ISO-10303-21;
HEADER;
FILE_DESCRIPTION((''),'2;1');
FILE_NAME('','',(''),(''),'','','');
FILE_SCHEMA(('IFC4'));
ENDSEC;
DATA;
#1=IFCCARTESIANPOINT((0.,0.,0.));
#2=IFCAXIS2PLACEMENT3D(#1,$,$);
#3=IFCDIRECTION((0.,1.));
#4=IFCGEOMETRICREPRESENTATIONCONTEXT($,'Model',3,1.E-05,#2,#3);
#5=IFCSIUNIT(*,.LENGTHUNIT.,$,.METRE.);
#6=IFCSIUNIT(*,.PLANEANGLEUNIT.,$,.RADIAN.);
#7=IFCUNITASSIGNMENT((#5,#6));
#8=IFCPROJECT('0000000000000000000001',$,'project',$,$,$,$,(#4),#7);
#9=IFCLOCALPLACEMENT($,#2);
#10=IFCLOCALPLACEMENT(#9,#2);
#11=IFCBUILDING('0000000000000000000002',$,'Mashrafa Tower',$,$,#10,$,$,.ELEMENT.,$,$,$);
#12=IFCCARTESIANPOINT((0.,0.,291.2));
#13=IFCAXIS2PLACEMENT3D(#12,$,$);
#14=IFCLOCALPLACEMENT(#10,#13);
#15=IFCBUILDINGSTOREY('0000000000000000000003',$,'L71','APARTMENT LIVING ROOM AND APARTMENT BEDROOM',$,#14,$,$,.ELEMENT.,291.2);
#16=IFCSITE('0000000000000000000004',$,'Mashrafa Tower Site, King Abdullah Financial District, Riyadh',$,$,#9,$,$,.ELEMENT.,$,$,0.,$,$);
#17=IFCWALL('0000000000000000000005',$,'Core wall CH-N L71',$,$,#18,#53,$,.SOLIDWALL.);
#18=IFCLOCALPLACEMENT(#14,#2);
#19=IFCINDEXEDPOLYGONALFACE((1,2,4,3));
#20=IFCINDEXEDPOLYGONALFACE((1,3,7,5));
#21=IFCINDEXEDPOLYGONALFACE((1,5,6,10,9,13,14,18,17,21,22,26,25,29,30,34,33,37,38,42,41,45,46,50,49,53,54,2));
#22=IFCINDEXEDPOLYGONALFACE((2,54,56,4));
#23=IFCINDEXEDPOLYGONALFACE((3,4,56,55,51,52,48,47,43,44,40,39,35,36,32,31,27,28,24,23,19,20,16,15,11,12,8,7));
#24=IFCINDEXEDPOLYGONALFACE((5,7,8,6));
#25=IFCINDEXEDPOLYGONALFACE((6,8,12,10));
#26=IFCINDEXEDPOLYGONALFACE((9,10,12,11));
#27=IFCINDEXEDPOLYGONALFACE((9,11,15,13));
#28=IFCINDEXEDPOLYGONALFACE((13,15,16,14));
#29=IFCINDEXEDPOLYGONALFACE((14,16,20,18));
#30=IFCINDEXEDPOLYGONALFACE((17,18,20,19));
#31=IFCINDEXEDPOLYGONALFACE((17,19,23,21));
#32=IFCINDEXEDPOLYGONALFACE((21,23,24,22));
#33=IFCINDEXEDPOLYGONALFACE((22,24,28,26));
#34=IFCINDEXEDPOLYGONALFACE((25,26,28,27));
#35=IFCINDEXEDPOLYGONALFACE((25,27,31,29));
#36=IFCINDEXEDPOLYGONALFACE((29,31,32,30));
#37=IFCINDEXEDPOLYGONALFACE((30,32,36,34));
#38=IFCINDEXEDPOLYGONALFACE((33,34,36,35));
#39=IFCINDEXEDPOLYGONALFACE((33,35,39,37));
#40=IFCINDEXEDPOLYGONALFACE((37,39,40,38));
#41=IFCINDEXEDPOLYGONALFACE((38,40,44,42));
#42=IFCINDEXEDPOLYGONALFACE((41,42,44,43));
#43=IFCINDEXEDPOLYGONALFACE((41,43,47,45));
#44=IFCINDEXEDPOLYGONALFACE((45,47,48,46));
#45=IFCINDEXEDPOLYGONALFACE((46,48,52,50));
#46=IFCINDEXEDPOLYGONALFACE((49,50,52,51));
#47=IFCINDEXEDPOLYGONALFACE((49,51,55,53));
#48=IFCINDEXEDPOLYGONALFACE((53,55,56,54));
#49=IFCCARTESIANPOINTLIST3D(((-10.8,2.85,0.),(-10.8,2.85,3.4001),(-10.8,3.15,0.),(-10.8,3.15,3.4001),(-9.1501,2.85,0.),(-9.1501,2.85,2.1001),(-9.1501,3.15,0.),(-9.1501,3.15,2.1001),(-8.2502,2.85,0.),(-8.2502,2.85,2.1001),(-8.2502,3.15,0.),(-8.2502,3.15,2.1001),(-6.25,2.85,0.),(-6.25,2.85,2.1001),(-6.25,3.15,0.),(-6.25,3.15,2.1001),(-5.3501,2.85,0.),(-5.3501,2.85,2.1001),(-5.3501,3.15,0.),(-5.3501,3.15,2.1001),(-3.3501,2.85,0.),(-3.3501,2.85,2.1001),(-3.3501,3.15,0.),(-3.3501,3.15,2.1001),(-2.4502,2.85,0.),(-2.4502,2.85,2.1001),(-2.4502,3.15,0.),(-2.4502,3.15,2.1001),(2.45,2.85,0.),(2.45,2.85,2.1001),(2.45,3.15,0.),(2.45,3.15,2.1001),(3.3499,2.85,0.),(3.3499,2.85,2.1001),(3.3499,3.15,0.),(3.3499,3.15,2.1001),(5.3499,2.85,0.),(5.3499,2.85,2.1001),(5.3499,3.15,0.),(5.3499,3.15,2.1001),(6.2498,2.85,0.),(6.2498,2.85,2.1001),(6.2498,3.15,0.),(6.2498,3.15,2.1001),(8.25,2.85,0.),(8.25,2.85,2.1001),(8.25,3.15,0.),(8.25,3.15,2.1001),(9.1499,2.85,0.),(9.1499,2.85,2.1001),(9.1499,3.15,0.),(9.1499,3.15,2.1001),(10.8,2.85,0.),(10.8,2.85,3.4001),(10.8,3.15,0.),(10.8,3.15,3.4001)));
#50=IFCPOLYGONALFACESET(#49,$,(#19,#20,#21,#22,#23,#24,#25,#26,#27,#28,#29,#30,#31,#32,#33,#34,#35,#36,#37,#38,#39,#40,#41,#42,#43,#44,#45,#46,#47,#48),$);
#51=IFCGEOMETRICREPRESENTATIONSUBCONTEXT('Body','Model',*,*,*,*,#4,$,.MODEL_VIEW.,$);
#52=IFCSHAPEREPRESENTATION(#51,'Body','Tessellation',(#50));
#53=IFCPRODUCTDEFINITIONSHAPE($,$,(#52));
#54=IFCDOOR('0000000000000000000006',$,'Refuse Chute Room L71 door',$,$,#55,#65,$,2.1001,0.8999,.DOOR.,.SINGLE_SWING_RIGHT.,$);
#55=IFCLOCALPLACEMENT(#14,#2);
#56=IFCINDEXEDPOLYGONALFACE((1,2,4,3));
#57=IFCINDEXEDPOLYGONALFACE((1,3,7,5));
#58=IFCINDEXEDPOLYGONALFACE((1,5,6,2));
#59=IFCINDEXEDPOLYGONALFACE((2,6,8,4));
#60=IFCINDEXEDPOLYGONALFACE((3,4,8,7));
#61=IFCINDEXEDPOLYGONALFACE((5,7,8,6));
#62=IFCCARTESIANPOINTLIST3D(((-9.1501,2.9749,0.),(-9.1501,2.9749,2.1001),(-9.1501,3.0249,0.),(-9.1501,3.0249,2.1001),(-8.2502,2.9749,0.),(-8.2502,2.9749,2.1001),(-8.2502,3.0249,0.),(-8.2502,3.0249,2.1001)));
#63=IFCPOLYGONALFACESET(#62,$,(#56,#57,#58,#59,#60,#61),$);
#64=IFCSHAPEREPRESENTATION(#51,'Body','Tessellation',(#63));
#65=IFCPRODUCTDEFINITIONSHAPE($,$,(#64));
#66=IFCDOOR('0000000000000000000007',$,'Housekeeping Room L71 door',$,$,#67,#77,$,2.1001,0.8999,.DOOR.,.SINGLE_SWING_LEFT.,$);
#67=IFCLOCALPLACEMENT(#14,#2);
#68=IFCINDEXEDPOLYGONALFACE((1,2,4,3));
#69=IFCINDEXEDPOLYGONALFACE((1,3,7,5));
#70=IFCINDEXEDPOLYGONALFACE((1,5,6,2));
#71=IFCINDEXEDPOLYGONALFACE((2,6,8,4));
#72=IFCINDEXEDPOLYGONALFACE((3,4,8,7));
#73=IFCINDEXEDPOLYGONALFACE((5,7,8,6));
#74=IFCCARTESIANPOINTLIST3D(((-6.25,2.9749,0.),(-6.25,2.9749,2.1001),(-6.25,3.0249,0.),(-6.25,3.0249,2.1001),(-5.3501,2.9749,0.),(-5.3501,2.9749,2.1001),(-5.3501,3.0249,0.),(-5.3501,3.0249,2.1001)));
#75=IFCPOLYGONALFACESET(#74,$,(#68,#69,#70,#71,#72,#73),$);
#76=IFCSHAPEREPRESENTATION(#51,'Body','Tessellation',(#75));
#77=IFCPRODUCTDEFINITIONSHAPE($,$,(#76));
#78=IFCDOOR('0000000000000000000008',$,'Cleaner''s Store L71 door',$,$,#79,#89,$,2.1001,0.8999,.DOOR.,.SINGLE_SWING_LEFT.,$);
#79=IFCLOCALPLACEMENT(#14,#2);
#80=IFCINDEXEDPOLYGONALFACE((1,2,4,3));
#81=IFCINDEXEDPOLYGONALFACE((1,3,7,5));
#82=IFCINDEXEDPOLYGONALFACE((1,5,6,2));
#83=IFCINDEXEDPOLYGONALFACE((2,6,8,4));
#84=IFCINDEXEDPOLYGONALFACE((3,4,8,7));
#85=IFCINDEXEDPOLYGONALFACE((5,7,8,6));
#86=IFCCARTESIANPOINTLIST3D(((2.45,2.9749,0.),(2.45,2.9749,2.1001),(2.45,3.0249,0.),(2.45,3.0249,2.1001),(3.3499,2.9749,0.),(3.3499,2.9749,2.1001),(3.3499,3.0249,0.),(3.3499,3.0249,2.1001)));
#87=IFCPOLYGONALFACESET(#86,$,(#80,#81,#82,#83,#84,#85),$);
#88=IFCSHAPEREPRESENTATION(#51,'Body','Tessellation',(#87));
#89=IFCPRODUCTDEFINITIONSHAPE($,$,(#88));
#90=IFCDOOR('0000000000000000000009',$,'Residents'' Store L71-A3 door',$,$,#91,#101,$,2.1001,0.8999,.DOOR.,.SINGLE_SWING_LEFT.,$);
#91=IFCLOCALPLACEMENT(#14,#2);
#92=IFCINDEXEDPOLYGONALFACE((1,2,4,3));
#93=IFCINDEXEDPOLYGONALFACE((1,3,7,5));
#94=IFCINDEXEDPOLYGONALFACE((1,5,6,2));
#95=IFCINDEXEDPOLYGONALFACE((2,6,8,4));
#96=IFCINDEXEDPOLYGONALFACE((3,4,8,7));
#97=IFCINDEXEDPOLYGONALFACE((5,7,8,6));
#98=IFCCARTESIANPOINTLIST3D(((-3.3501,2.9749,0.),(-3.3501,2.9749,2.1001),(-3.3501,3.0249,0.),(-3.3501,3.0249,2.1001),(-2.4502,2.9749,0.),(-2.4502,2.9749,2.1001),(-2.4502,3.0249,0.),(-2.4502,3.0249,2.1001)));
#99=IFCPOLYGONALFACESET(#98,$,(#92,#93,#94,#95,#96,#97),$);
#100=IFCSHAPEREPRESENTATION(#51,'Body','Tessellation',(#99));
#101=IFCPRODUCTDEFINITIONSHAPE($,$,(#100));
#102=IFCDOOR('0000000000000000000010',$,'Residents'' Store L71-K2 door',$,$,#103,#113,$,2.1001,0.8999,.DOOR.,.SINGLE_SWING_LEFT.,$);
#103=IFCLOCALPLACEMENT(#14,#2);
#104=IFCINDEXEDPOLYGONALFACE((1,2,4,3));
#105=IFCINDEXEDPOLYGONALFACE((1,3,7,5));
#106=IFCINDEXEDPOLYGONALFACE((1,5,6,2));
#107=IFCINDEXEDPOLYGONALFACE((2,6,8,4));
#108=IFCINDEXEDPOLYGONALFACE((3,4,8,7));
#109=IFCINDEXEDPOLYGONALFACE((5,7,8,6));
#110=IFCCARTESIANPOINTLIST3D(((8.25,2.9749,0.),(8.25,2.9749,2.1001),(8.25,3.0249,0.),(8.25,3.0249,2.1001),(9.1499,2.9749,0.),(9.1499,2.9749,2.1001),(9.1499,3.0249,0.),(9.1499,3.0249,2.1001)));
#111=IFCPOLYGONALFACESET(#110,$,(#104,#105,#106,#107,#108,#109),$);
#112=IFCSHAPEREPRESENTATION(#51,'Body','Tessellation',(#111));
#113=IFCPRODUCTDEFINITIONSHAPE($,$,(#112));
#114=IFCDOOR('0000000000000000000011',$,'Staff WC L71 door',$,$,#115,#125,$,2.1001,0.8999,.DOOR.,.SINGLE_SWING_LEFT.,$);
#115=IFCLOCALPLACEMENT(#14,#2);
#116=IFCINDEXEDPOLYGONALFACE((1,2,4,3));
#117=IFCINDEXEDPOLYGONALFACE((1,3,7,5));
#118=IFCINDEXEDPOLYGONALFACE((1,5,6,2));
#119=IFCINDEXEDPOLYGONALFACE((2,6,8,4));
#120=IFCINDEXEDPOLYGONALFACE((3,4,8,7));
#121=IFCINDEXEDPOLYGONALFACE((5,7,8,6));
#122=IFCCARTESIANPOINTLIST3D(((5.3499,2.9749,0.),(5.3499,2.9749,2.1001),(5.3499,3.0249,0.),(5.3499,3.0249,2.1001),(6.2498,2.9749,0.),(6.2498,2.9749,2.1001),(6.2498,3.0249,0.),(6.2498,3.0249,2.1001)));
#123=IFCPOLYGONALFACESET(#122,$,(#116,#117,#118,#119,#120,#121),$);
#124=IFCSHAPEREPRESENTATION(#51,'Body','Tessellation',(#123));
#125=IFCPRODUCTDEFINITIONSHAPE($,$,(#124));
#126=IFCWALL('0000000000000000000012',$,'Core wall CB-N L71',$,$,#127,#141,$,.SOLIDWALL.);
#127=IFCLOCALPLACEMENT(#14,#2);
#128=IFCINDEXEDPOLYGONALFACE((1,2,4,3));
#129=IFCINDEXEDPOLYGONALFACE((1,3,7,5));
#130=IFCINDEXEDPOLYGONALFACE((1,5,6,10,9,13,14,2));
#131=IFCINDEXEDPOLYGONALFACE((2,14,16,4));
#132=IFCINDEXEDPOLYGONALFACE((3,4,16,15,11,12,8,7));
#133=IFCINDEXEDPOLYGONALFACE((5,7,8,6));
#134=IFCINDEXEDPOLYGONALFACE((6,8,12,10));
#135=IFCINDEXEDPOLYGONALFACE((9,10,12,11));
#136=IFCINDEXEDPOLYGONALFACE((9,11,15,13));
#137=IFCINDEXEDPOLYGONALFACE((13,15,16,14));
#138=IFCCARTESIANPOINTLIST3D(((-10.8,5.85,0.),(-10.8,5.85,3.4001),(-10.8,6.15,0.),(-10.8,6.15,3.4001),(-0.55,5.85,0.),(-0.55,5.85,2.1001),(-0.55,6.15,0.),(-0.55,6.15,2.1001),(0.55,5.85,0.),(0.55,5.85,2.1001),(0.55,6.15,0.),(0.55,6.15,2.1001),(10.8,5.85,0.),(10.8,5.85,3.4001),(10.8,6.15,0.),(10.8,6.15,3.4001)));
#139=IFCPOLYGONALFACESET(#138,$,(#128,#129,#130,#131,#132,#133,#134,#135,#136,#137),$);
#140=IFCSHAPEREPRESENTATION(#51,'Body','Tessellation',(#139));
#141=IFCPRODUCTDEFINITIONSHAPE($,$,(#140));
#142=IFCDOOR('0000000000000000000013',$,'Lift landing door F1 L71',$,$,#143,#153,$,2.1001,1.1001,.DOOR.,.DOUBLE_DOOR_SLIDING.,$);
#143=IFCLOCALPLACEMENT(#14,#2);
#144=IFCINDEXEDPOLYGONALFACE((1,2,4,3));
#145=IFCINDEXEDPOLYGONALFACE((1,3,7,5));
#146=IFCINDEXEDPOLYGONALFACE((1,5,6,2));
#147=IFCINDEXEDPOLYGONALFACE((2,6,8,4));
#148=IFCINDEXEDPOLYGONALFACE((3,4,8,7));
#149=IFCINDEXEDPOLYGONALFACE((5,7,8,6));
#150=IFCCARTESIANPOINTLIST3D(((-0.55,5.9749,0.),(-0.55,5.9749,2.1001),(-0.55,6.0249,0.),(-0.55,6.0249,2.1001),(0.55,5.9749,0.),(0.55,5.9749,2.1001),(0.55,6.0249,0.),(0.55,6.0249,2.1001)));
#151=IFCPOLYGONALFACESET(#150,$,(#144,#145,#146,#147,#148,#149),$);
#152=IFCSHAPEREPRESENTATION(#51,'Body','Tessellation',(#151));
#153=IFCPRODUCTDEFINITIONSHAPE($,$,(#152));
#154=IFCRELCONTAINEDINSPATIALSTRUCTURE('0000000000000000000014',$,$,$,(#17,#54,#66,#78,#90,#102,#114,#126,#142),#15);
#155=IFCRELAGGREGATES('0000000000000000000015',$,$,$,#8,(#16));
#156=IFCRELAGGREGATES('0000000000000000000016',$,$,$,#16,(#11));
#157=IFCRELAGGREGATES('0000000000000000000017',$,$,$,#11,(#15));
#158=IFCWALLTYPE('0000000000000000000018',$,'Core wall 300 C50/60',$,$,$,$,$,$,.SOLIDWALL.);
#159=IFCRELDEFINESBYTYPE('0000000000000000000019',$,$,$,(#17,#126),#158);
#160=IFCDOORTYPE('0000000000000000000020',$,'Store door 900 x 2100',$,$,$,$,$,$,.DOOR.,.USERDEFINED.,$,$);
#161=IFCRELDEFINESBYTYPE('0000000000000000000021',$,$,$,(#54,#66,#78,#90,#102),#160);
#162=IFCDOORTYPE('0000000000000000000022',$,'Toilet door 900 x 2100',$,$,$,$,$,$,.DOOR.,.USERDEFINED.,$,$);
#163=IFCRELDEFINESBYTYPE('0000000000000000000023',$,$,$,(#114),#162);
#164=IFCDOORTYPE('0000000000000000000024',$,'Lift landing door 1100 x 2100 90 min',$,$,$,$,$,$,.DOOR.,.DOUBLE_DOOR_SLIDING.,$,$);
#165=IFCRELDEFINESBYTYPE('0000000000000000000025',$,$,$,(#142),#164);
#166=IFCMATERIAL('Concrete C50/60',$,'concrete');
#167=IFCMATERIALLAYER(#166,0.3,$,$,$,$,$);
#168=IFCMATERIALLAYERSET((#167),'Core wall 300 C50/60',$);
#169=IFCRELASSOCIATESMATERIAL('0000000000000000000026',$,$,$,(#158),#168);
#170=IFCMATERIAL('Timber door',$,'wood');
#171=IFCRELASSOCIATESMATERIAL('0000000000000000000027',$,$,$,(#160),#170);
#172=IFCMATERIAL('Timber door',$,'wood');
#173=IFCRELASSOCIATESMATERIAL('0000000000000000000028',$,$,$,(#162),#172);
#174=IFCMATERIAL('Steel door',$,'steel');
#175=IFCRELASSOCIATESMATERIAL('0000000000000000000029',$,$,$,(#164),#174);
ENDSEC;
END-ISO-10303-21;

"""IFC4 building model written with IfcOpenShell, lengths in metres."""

from ifc_helpers import new_model, si_unit, direction, frame, frame_2d, origin, place, context, subcontext, project, spatial, rectangle, extrude, material, layer, layer_set, type_object, element, fill, save


model = new_model("IFC4")

# Units and contexts
model_context = context("Model", 3, precision=1e-05, world=origin(), true_north=direction((0.0, 1.0)))
body_context = subcontext(model_context, "Body", "Model", "MODEL_VIEW")
ifc_project = project(units=[si_unit("LENGTHUNIT", "METRE"), si_unit("PLANEANGLEUNIT", "RADIAN")], contexts=[model_context])

# Site, building, storey
site_placement = place(None, origin())
site = spatial("IfcSite", under=ifc_project, at=site_placement, Name="Mashrafa Tower Site, King Abdullah Financial District, Riyadh", CompositionType="ELEMENT", RefElevation=0.0)
building_placement = place(site_placement, origin())
building = spatial("IfcBuilding", under=site, at=building_placement, Name="Mashrafa Tower", CompositionType="ELEMENT")
storey_placement = place(building_placement, frame((0.0, 0.0, 291.2)))
storey = spatial("IfcBuildingStorey", under=building, at=storey_placement, Name="L71", Description="APARTMENT LIVING ROOM AND APARTMENT BEDROOM", CompositionType="ELEMENT", Elevation=291.2)

# Wall, openings, doors
ifc_material_1 = material(Name="Concrete C50/60", Category="concrete")
ifc_layer_1 = layer(ifc_material_1, 0.3)
ifc_layer_set_1 = layer_set([ifc_layer_1], Name="Core wall 300 C50/60")
wall_type_1 = type_object("IfcWallType", Name="Core wall 300 C50/60", PredefinedType="SOLIDWALL", material=ifc_layer_set_1)
wall_1_placement = place(storey_placement, frame((-10.8, 3.0, 0.0), z_axis=(0.0, 0.0, 1.0), x_axis=(1.0, 0.0, 0.0)))
wall_1 = element("IfcWall", 1, at=wall_1_placement, inside=storey, type_object=wall_type_1, Name="Core wall CH-N L71", PredefinedType="SOLIDWALL", context=body_context, shape_type="SweptSolid", body=[
    extrude(rectangle(XDim=21.6001, YDim=0.3, at=frame_2d((10.8, 0.0))), origin(), (0.0, 0.0, 1.0), 3.4001),
])
opening_1_placement = place(wall_1_placement, frame((1.6499, 0.0, 0.0)))
opening_1 = element("IfcOpeningElement", 2, at=opening_1_placement, cuts=wall_1, PredefinedType="OPENING", context=body_context, shape_type="SweptSolid", body=[
    extrude(rectangle(XDim=0.8999, YDim=2.1001, at=frame_2d((0.45, 1.05))), frame((0.0, 0.1599, 0.0), z_axis=(0.0, -1.0, 0.0), x_axis=(1.0, 0.0, 0.0)), (0.0, 0.0, 1.0), 0.3201),
])
opening_2_placement = place(wall_1_placement, frame((4.55, 0.0, 0.0)))
opening_2 = element("IfcOpeningElement", 3, at=opening_2_placement, cuts=wall_1, PredefinedType="OPENING", context=body_context, shape_type="SweptSolid", body=[
    extrude(rectangle(XDim=0.8999, YDim=2.1001, at=frame_2d((0.45, 1.05))), frame((0.0, 0.1599, 0.0), z_axis=(0.0, -1.0, 0.0), x_axis=(1.0, 0.0, 0.0)), (0.0, 0.0, 1.0), 0.3201),
])
opening_3_placement = place(wall_1_placement, frame((13.25, 0.0, 0.0)))
opening_3 = element("IfcOpeningElement", 4, at=opening_3_placement, cuts=wall_1, PredefinedType="OPENING", context=body_context, shape_type="SweptSolid", body=[
    extrude(rectangle(XDim=0.8999, YDim=2.1001, at=frame_2d((0.45, 1.05))), frame((0.0, 0.1599, 0.0), z_axis=(0.0, -1.0, 0.0), x_axis=(1.0, 0.0, 0.0)), (0.0, 0.0, 1.0), 0.3201),
])
opening_4_placement = place(wall_1_placement, frame((16.1499, 0.0, 0.0)))
opening_4 = element("IfcOpeningElement", 5, at=opening_4_placement, cuts=wall_1, PredefinedType="OPENING", context=body_context, shape_type="SweptSolid", body=[
    extrude(rectangle(XDim=0.8999, YDim=2.1001, at=frame_2d((0.45, 1.05))), frame((0.0, 0.1599, 0.0), z_axis=(0.0, -1.0, 0.0), x_axis=(1.0, 0.0, 0.0)), (0.0, 0.0, 1.0), 0.3201),
])
opening_5_placement = place(wall_1_placement, frame((7.45, 0.0, 0.0)))
opening_5 = element("IfcOpeningElement", 6, at=opening_5_placement, cuts=wall_1, PredefinedType="OPENING", context=body_context, shape_type="SweptSolid", body=[
    extrude(rectangle(XDim=0.8999, YDim=2.1001, at=frame_2d((0.45, 1.05))), frame((0.0, 0.1599, 0.0), z_axis=(0.0, -1.0, 0.0), x_axis=(1.0, 0.0, 0.0)), (0.0, 0.0, 1.0), 0.3201),
])
opening_6_placement = place(wall_1_placement, frame((19.05, 0.0, 0.0)))
opening_6 = element("IfcOpeningElement", 7, at=opening_6_placement, cuts=wall_1, PredefinedType="OPENING", context=body_context, shape_type="SweptSolid", body=[
    extrude(rectangle(XDim=0.8999, YDim=2.1001, at=frame_2d((0.45, 1.05))), frame((0.0, 0.1599, 0.0), z_axis=(0.0, -1.0, 0.0), x_axis=(1.0, 0.0, 0.0)), (0.0, 0.0, 1.0), 0.3201),
])
ifc_material_2 = material(Name="Timber door", Category="wood")
door_type_1 = type_object("IfcDoorType", Name="Store door 900 x 2100", OperationType="USERDEFINED", PredefinedType="DOOR", material=ifc_material_2)
door_1_placement = place(opening_1_placement, origin())
door_1 = element("IfcDoor", 8, at=door_1_placement, inside=storey, type_object=door_type_1, Name="Refuse Chute Room L71 door", OperationType="SINGLE_SWING_RIGHT", OverallHeight=2.1001, OverallWidth=0.8999, PredefinedType="DOOR", context=body_context, shape_type="SweptSolid", body=[
    extrude(rectangle(XDim=0.8999, YDim=2.1001, at=frame_2d((0.45, 1.05))), frame((0.0, 0.0249, 0.0), z_axis=(0.0, -1.0, 0.0), x_axis=(1.0, 0.0, 0.0)), (0.0, 0.0, 1.0), 0.05),
])
fill(opening_1, door_1)
door_2_placement = place(opening_2_placement, origin())
door_2 = element("IfcDoor", 9, at=door_2_placement, inside=storey, type_object=door_type_1, Name="Housekeeping Room L71 door", OperationType="SINGLE_SWING_LEFT", OverallHeight=2.1001, OverallWidth=0.8999, PredefinedType="DOOR", context=body_context, shape_type="SweptSolid", body=[
    extrude(rectangle(XDim=0.8999, YDim=2.1001, at=frame_2d((0.45, 1.05))), frame((0.0, 0.0249, 0.0), z_axis=(0.0, -1.0, 0.0), x_axis=(1.0, 0.0, 0.0)), (0.0, 0.0, 1.0), 0.05),
])
fill(opening_2, door_2)
door_3_placement = place(opening_3_placement, origin())
door_3 = element("IfcDoor", 10, at=door_3_placement, inside=storey, type_object=door_type_1, Name="Cleaner's Store L71 door", OperationType="SINGLE_SWING_LEFT", OverallHeight=2.1001, OverallWidth=0.8999, PredefinedType="DOOR", context=body_context, shape_type="SweptSolid", body=[
    extrude(rectangle(XDim=0.8999, YDim=2.1001, at=frame_2d((0.45, 1.05))), frame((0.0, 0.0249, 0.0), z_axis=(0.0, -1.0, 0.0), x_axis=(1.0, 0.0, 0.0)), (0.0, 0.0, 1.0), 0.05),
])
fill(opening_3, door_3)
door_4_placement = place(opening_5_placement, origin())
door_4 = element("IfcDoor", 11, at=door_4_placement, inside=storey, type_object=door_type_1, Name="Residents' Store L71-A3 door", OperationType="SINGLE_SWING_LEFT", OverallHeight=2.1001, OverallWidth=0.8999, PredefinedType="DOOR", context=body_context, shape_type="SweptSolid", body=[
    extrude(rectangle(XDim=0.8999, YDim=2.1001, at=frame_2d((0.45, 1.05))), frame((0.0, 0.0249, 0.0), z_axis=(0.0, -1.0, 0.0), x_axis=(1.0, 0.0, 0.0)), (0.0, 0.0, 1.0), 0.05),
])
fill(opening_5, door_4)
door_5_placement = place(opening_6_placement, origin())
door_5 = element("IfcDoor", 12, at=door_5_placement, inside=storey, type_object=door_type_1, Name="Residents' Store L71-K2 door", OperationType="SINGLE_SWING_LEFT", OverallHeight=2.1001, OverallWidth=0.8999, PredefinedType="DOOR", context=body_context, shape_type="SweptSolid", body=[
    extrude(rectangle(XDim=0.8999, YDim=2.1001, at=frame_2d((0.45, 1.05))), frame((0.0, 0.0249, 0.0), z_axis=(0.0, -1.0, 0.0), x_axis=(1.0, 0.0, 0.0)), (0.0, 0.0, 1.0), 0.05),
])
fill(opening_6, door_5)
ifc_material_3 = material(Name="Timber door", Category="wood")
door_type_2 = type_object("IfcDoorType", Name="Toilet door 900 x 2100", OperationType="USERDEFINED", PredefinedType="DOOR", material=ifc_material_3)
door_6_placement = place(opening_4_placement, origin())
door_6 = element("IfcDoor", 13, at=door_6_placement, inside=storey, type_object=door_type_2, Name="Staff WC L71 door", OperationType="SINGLE_SWING_LEFT", OverallHeight=2.1001, OverallWidth=0.8999, PredefinedType="DOOR", context=body_context, shape_type="SweptSolid", body=[
    extrude(rectangle(XDim=0.8999, YDim=2.1001, at=frame_2d((0.45, 1.05))), frame((0.0, 0.0249, 0.0), z_axis=(0.0, -1.0, 0.0), x_axis=(1.0, 0.0, 0.0)), (0.0, 0.0, 1.0), 0.05),
])
fill(opening_4, door_6)

# Wall, opening, door
wall_2_placement = place(storey_placement, frame((-10.8, 6.0, 0.0), z_axis=(0.0, 0.0, 1.0), x_axis=(1.0, 0.0, 0.0)))
wall_2 = element("IfcWall", 14, at=wall_2_placement, inside=storey, type_object=wall_type_1, Name="Core wall CB-N L71", PredefinedType="SOLIDWALL", context=body_context, shape_type="SweptSolid", body=[
    extrude(rectangle(XDim=21.6001, YDim=0.3, at=frame_2d((10.8, 0.0))), origin(), (0.0, 0.0, 1.0), 3.4001),
])
opening_7_placement = place(wall_2_placement, frame((10.25, 0.0, 0.0)))
opening_7 = element("IfcOpeningElement", 15, at=opening_7_placement, cuts=wall_2, PredefinedType="OPENING", context=body_context, shape_type="SweptSolid", body=[
    extrude(rectangle(XDim=1.1001, YDim=2.1001, at=frame_2d((0.55, 1.05))), frame((0.0, 0.1599, 0.0), z_axis=(0.0, -1.0, 0.0), x_axis=(1.0, 0.0, 0.0)), (0.0, 0.0, 1.0), 0.3201),
])
ifc_material_4 = material(Name="Steel door", Category="steel")
door_type_3 = type_object("IfcDoorType", Name="Lift landing door 1100 x 2100 90 min", OperationType="DOUBLE_DOOR_SLIDING", PredefinedType="DOOR", material=ifc_material_4)
door_7_placement = place(opening_7_placement, origin())
door_7 = element("IfcDoor", 16, at=door_7_placement, inside=storey, type_object=door_type_3, Name="Lift landing door F1 L71", OperationType="DOUBLE_DOOR_SLIDING", OverallHeight=2.1001, OverallWidth=1.1001, PredefinedType="DOOR", context=body_context, shape_type="SweptSolid", body=[
    extrude(rectangle(XDim=1.1001, YDim=2.1001, at=frame_2d((0.55, 1.05))), frame((0.0, 0.0249, 0.0), z_axis=(0.0, -1.0, 0.0), x_axis=(1.0, 0.0, 0.0)), (0.0, 0.0, 1.0), 0.05),
])
fill(opening_7, door_7)

save(model, "model.ifc")
